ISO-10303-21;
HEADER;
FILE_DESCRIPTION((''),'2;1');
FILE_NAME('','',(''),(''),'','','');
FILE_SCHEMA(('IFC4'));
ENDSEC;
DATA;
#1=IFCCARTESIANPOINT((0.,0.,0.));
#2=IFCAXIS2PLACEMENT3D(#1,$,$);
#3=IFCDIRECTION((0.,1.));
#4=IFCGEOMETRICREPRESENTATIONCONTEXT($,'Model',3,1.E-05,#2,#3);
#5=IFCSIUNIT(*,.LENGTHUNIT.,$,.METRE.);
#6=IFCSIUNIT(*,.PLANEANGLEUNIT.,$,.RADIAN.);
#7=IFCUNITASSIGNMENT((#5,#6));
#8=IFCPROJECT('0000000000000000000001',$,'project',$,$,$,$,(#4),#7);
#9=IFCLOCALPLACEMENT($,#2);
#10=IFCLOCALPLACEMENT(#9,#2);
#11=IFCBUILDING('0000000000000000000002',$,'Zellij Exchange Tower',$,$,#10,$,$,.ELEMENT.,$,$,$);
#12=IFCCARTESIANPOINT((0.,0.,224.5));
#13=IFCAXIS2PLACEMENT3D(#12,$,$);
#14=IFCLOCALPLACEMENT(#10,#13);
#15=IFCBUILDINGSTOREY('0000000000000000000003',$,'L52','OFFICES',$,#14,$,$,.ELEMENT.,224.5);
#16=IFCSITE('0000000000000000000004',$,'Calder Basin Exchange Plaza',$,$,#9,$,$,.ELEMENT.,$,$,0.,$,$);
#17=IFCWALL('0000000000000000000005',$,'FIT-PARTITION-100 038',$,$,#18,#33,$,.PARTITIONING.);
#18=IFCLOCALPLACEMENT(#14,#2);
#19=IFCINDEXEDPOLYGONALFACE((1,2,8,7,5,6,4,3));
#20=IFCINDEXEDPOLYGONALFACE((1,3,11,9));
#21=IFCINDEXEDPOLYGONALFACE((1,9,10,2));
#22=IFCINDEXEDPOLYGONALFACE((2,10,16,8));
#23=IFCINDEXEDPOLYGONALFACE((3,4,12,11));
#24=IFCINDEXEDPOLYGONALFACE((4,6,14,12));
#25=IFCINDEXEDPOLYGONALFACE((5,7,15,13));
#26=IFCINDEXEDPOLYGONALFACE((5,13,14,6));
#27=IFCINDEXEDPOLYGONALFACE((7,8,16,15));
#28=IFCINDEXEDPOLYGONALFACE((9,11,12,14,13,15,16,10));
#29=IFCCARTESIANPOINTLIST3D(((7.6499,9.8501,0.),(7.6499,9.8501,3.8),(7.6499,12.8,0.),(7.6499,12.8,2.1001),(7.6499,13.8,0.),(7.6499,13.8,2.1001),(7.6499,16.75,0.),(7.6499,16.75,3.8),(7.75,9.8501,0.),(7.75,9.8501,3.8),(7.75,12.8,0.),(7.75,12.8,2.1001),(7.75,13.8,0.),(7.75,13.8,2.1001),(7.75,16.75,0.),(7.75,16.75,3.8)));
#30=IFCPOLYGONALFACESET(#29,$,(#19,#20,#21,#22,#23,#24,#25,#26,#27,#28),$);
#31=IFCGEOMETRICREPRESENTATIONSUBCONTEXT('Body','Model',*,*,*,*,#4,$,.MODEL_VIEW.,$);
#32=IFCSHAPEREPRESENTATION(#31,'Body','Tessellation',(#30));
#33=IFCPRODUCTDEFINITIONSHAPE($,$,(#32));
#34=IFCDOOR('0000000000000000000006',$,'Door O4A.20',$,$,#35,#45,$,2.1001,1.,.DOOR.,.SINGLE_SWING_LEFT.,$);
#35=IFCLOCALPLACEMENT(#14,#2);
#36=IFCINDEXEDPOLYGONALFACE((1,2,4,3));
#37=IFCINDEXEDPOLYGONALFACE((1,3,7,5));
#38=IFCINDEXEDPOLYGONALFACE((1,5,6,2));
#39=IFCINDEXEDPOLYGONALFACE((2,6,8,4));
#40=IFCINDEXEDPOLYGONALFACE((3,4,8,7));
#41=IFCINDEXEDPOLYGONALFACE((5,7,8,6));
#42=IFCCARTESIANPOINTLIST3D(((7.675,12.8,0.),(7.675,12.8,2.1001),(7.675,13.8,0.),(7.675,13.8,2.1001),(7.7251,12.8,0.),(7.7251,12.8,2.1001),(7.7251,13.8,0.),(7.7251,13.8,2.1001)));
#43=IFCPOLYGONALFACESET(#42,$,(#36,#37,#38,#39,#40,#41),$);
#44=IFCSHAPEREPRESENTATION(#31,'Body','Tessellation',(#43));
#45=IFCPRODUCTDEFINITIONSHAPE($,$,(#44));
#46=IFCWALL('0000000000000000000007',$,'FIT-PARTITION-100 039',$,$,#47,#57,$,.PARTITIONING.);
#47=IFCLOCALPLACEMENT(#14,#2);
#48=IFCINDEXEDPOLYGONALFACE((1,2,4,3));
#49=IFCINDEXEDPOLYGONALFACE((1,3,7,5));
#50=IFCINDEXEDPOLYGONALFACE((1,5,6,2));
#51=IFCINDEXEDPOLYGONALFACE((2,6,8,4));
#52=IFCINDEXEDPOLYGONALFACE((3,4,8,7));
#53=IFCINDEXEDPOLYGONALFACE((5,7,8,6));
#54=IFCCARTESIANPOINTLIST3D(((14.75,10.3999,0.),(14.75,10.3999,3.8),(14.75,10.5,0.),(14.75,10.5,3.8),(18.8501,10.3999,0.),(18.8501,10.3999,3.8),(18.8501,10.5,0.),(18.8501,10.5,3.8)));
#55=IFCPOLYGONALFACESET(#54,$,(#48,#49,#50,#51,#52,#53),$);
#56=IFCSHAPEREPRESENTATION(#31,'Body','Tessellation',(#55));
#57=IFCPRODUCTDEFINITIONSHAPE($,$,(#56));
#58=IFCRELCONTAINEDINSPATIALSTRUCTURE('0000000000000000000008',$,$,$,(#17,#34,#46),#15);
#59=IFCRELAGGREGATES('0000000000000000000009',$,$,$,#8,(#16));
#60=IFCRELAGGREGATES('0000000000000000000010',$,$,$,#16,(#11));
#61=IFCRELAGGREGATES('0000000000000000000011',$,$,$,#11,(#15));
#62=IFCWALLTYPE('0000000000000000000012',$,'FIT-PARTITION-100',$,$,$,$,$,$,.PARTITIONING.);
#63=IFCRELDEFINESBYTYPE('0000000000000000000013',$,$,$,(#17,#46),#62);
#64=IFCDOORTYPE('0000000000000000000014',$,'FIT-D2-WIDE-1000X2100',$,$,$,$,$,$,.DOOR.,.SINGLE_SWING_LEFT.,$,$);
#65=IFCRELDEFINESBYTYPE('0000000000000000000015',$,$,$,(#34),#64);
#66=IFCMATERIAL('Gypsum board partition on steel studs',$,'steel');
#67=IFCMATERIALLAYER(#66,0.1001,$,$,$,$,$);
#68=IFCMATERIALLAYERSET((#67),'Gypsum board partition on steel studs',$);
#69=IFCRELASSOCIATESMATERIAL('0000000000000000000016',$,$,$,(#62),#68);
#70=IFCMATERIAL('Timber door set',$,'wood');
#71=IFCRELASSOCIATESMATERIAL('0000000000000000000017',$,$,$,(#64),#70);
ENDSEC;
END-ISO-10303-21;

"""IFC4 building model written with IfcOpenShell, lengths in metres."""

from ifc_helpers import new_model, si_unit, direction, frame, frame_2d, origin, place, context, subcontext, project, spatial, rectangle, extrude, material, layer, layer_set, type_object, element, fill, save


model = new_model("IFC4")

# Units and contexts
model_context = context("Model", 3, precision=1e-05, world=origin(), true_north=direction((0.0, 1.0)))
body_context = subcontext(model_context, "Body", "Model", "MODEL_VIEW")
ifc_project = project(units=[si_unit("LENGTHUNIT", "METRE"), si_unit("PLANEANGLEUNIT", "RADIAN")], contexts=[model_context])

# Site, building, storey
site_placement = place(None, origin())
site = spatial("IfcSite", under=ifc_project, at=site_placement, Name="Calder Basin Exchange Plaza", CompositionType="ELEMENT", RefElevation=0.0)
building_placement = place(site_placement, origin())
building = spatial("IfcBuilding", under=site, at=building_placement, Name="Zellij Exchange Tower", CompositionType="ELEMENT")
storey_placement = place(building_placement, frame((0.0, 0.0, 224.5)))
storey = spatial("IfcBuildingStorey", under=building, at=storey_placement, Name="L52", Description="OFFICES", CompositionType="ELEMENT", Elevation=224.5)

# Shared definitions
ifc_material_1 = material(Name="Timber door set", Category="wood")

# Shared definitions
ifc_material_2 = material(Name="Gypsum board partition on steel studs", Category="steel")
ifc_layer_1 = layer(ifc_material_2, 0.1001)
ifc_layer_set_1 = layer_set([ifc_layer_1], Name="Gypsum board partition on steel studs")
wall_type_1 = type_object("IfcWallType", Name="FIT-PARTITION-100", PredefinedType="PARTITIONING", material=ifc_layer_set_1)

# Wall, opening, door
wall_1_placement = place(storey_placement, frame((7.7, 9.8501, 0.0), z_axis=(0.0, 0.0, 1.0), x_axis=(0.0, 1.0, 0.0)))
wall_1 = element("IfcWall", 1, at=wall_1_placement, inside=storey, type_object=wall_type_1, Name="FIT-PARTITION-100 038", PredefinedType="PARTITIONING", context=body_context, shape_type="SweptSolid", body=[
    extrude(rectangle(XDim=6.8999, YDim=0.1001, at=frame_2d((3.45, 0.0))), origin(), (0.0, 0.0, 1.0), 3.8),
])
opening_1_placement = place(wall_1_placement, frame((2.95, 0.0, 0.0)))
opening_1 = element("IfcOpeningElement", 2, at=opening_1_placement, cuts=wall_1, PredefinedType="OPENING", context=body_context, shape_type="SweptSolid", body=[
    extrude(rectangle(XDim=1.0, YDim=2.1001, at=frame_2d((0.5, 1.05))), frame((0.0, 0.062, 0.0), z_axis=(0.0, -1.0, 0.0), x_axis=(1.0, 0.0, 0.0)), (0.0, 0.0, 1.0), 0.124),
])
door_type_1 = type_object("IfcDoorType", Name="FIT-D2-WIDE-1000X2100", OperationType="SINGLE_SWING_LEFT", PredefinedType="DOOR", material=ifc_material_1)
door_1_placement = place(opening_1_placement, origin())
door_1 = element("IfcDoor", 3, at=door_1_placement, inside=storey, type_object=door_type_1, Name="Door O4A.20", OperationType="SINGLE_SWING_LEFT", OverallHeight=2.1001, OverallWidth=1.0, PredefinedType="DOOR", context=body_context, shape_type="SweptSolid", body=[
    extrude(rectangle(XDim=1.0, YDim=2.1001, at=frame_2d((0.5, 1.05))), frame((0.0, 0.0249, 0.0), z_axis=(0.0, -1.0, 0.0), x_axis=(1.0, 0.0, 0.0)), (0.0, 0.0, 1.0), 0.05),
])
fill(opening_1, door_1)

# Wall
wall_2_placement = place(storey_placement, frame((14.75, 10.45, 0.0), z_axis=(0.0, 0.0, 1.0), x_axis=(1.0, 0.0, 0.0)))
element("IfcWall", 4, at=wall_2_placement, inside=storey, type_object=wall_type_1, Name="FIT-PARTITION-100 039", PredefinedType="PARTITIONING", context=body_context, shape_type="SweptSolid", body=[
    extrude(rectangle(XDim=4.1001, YDim=0.1001, at=frame_2d((2.05, 0.0))), origin(), (0.0, 0.0, 1.0), 3.8),
])

save(model, "model.ifc")
